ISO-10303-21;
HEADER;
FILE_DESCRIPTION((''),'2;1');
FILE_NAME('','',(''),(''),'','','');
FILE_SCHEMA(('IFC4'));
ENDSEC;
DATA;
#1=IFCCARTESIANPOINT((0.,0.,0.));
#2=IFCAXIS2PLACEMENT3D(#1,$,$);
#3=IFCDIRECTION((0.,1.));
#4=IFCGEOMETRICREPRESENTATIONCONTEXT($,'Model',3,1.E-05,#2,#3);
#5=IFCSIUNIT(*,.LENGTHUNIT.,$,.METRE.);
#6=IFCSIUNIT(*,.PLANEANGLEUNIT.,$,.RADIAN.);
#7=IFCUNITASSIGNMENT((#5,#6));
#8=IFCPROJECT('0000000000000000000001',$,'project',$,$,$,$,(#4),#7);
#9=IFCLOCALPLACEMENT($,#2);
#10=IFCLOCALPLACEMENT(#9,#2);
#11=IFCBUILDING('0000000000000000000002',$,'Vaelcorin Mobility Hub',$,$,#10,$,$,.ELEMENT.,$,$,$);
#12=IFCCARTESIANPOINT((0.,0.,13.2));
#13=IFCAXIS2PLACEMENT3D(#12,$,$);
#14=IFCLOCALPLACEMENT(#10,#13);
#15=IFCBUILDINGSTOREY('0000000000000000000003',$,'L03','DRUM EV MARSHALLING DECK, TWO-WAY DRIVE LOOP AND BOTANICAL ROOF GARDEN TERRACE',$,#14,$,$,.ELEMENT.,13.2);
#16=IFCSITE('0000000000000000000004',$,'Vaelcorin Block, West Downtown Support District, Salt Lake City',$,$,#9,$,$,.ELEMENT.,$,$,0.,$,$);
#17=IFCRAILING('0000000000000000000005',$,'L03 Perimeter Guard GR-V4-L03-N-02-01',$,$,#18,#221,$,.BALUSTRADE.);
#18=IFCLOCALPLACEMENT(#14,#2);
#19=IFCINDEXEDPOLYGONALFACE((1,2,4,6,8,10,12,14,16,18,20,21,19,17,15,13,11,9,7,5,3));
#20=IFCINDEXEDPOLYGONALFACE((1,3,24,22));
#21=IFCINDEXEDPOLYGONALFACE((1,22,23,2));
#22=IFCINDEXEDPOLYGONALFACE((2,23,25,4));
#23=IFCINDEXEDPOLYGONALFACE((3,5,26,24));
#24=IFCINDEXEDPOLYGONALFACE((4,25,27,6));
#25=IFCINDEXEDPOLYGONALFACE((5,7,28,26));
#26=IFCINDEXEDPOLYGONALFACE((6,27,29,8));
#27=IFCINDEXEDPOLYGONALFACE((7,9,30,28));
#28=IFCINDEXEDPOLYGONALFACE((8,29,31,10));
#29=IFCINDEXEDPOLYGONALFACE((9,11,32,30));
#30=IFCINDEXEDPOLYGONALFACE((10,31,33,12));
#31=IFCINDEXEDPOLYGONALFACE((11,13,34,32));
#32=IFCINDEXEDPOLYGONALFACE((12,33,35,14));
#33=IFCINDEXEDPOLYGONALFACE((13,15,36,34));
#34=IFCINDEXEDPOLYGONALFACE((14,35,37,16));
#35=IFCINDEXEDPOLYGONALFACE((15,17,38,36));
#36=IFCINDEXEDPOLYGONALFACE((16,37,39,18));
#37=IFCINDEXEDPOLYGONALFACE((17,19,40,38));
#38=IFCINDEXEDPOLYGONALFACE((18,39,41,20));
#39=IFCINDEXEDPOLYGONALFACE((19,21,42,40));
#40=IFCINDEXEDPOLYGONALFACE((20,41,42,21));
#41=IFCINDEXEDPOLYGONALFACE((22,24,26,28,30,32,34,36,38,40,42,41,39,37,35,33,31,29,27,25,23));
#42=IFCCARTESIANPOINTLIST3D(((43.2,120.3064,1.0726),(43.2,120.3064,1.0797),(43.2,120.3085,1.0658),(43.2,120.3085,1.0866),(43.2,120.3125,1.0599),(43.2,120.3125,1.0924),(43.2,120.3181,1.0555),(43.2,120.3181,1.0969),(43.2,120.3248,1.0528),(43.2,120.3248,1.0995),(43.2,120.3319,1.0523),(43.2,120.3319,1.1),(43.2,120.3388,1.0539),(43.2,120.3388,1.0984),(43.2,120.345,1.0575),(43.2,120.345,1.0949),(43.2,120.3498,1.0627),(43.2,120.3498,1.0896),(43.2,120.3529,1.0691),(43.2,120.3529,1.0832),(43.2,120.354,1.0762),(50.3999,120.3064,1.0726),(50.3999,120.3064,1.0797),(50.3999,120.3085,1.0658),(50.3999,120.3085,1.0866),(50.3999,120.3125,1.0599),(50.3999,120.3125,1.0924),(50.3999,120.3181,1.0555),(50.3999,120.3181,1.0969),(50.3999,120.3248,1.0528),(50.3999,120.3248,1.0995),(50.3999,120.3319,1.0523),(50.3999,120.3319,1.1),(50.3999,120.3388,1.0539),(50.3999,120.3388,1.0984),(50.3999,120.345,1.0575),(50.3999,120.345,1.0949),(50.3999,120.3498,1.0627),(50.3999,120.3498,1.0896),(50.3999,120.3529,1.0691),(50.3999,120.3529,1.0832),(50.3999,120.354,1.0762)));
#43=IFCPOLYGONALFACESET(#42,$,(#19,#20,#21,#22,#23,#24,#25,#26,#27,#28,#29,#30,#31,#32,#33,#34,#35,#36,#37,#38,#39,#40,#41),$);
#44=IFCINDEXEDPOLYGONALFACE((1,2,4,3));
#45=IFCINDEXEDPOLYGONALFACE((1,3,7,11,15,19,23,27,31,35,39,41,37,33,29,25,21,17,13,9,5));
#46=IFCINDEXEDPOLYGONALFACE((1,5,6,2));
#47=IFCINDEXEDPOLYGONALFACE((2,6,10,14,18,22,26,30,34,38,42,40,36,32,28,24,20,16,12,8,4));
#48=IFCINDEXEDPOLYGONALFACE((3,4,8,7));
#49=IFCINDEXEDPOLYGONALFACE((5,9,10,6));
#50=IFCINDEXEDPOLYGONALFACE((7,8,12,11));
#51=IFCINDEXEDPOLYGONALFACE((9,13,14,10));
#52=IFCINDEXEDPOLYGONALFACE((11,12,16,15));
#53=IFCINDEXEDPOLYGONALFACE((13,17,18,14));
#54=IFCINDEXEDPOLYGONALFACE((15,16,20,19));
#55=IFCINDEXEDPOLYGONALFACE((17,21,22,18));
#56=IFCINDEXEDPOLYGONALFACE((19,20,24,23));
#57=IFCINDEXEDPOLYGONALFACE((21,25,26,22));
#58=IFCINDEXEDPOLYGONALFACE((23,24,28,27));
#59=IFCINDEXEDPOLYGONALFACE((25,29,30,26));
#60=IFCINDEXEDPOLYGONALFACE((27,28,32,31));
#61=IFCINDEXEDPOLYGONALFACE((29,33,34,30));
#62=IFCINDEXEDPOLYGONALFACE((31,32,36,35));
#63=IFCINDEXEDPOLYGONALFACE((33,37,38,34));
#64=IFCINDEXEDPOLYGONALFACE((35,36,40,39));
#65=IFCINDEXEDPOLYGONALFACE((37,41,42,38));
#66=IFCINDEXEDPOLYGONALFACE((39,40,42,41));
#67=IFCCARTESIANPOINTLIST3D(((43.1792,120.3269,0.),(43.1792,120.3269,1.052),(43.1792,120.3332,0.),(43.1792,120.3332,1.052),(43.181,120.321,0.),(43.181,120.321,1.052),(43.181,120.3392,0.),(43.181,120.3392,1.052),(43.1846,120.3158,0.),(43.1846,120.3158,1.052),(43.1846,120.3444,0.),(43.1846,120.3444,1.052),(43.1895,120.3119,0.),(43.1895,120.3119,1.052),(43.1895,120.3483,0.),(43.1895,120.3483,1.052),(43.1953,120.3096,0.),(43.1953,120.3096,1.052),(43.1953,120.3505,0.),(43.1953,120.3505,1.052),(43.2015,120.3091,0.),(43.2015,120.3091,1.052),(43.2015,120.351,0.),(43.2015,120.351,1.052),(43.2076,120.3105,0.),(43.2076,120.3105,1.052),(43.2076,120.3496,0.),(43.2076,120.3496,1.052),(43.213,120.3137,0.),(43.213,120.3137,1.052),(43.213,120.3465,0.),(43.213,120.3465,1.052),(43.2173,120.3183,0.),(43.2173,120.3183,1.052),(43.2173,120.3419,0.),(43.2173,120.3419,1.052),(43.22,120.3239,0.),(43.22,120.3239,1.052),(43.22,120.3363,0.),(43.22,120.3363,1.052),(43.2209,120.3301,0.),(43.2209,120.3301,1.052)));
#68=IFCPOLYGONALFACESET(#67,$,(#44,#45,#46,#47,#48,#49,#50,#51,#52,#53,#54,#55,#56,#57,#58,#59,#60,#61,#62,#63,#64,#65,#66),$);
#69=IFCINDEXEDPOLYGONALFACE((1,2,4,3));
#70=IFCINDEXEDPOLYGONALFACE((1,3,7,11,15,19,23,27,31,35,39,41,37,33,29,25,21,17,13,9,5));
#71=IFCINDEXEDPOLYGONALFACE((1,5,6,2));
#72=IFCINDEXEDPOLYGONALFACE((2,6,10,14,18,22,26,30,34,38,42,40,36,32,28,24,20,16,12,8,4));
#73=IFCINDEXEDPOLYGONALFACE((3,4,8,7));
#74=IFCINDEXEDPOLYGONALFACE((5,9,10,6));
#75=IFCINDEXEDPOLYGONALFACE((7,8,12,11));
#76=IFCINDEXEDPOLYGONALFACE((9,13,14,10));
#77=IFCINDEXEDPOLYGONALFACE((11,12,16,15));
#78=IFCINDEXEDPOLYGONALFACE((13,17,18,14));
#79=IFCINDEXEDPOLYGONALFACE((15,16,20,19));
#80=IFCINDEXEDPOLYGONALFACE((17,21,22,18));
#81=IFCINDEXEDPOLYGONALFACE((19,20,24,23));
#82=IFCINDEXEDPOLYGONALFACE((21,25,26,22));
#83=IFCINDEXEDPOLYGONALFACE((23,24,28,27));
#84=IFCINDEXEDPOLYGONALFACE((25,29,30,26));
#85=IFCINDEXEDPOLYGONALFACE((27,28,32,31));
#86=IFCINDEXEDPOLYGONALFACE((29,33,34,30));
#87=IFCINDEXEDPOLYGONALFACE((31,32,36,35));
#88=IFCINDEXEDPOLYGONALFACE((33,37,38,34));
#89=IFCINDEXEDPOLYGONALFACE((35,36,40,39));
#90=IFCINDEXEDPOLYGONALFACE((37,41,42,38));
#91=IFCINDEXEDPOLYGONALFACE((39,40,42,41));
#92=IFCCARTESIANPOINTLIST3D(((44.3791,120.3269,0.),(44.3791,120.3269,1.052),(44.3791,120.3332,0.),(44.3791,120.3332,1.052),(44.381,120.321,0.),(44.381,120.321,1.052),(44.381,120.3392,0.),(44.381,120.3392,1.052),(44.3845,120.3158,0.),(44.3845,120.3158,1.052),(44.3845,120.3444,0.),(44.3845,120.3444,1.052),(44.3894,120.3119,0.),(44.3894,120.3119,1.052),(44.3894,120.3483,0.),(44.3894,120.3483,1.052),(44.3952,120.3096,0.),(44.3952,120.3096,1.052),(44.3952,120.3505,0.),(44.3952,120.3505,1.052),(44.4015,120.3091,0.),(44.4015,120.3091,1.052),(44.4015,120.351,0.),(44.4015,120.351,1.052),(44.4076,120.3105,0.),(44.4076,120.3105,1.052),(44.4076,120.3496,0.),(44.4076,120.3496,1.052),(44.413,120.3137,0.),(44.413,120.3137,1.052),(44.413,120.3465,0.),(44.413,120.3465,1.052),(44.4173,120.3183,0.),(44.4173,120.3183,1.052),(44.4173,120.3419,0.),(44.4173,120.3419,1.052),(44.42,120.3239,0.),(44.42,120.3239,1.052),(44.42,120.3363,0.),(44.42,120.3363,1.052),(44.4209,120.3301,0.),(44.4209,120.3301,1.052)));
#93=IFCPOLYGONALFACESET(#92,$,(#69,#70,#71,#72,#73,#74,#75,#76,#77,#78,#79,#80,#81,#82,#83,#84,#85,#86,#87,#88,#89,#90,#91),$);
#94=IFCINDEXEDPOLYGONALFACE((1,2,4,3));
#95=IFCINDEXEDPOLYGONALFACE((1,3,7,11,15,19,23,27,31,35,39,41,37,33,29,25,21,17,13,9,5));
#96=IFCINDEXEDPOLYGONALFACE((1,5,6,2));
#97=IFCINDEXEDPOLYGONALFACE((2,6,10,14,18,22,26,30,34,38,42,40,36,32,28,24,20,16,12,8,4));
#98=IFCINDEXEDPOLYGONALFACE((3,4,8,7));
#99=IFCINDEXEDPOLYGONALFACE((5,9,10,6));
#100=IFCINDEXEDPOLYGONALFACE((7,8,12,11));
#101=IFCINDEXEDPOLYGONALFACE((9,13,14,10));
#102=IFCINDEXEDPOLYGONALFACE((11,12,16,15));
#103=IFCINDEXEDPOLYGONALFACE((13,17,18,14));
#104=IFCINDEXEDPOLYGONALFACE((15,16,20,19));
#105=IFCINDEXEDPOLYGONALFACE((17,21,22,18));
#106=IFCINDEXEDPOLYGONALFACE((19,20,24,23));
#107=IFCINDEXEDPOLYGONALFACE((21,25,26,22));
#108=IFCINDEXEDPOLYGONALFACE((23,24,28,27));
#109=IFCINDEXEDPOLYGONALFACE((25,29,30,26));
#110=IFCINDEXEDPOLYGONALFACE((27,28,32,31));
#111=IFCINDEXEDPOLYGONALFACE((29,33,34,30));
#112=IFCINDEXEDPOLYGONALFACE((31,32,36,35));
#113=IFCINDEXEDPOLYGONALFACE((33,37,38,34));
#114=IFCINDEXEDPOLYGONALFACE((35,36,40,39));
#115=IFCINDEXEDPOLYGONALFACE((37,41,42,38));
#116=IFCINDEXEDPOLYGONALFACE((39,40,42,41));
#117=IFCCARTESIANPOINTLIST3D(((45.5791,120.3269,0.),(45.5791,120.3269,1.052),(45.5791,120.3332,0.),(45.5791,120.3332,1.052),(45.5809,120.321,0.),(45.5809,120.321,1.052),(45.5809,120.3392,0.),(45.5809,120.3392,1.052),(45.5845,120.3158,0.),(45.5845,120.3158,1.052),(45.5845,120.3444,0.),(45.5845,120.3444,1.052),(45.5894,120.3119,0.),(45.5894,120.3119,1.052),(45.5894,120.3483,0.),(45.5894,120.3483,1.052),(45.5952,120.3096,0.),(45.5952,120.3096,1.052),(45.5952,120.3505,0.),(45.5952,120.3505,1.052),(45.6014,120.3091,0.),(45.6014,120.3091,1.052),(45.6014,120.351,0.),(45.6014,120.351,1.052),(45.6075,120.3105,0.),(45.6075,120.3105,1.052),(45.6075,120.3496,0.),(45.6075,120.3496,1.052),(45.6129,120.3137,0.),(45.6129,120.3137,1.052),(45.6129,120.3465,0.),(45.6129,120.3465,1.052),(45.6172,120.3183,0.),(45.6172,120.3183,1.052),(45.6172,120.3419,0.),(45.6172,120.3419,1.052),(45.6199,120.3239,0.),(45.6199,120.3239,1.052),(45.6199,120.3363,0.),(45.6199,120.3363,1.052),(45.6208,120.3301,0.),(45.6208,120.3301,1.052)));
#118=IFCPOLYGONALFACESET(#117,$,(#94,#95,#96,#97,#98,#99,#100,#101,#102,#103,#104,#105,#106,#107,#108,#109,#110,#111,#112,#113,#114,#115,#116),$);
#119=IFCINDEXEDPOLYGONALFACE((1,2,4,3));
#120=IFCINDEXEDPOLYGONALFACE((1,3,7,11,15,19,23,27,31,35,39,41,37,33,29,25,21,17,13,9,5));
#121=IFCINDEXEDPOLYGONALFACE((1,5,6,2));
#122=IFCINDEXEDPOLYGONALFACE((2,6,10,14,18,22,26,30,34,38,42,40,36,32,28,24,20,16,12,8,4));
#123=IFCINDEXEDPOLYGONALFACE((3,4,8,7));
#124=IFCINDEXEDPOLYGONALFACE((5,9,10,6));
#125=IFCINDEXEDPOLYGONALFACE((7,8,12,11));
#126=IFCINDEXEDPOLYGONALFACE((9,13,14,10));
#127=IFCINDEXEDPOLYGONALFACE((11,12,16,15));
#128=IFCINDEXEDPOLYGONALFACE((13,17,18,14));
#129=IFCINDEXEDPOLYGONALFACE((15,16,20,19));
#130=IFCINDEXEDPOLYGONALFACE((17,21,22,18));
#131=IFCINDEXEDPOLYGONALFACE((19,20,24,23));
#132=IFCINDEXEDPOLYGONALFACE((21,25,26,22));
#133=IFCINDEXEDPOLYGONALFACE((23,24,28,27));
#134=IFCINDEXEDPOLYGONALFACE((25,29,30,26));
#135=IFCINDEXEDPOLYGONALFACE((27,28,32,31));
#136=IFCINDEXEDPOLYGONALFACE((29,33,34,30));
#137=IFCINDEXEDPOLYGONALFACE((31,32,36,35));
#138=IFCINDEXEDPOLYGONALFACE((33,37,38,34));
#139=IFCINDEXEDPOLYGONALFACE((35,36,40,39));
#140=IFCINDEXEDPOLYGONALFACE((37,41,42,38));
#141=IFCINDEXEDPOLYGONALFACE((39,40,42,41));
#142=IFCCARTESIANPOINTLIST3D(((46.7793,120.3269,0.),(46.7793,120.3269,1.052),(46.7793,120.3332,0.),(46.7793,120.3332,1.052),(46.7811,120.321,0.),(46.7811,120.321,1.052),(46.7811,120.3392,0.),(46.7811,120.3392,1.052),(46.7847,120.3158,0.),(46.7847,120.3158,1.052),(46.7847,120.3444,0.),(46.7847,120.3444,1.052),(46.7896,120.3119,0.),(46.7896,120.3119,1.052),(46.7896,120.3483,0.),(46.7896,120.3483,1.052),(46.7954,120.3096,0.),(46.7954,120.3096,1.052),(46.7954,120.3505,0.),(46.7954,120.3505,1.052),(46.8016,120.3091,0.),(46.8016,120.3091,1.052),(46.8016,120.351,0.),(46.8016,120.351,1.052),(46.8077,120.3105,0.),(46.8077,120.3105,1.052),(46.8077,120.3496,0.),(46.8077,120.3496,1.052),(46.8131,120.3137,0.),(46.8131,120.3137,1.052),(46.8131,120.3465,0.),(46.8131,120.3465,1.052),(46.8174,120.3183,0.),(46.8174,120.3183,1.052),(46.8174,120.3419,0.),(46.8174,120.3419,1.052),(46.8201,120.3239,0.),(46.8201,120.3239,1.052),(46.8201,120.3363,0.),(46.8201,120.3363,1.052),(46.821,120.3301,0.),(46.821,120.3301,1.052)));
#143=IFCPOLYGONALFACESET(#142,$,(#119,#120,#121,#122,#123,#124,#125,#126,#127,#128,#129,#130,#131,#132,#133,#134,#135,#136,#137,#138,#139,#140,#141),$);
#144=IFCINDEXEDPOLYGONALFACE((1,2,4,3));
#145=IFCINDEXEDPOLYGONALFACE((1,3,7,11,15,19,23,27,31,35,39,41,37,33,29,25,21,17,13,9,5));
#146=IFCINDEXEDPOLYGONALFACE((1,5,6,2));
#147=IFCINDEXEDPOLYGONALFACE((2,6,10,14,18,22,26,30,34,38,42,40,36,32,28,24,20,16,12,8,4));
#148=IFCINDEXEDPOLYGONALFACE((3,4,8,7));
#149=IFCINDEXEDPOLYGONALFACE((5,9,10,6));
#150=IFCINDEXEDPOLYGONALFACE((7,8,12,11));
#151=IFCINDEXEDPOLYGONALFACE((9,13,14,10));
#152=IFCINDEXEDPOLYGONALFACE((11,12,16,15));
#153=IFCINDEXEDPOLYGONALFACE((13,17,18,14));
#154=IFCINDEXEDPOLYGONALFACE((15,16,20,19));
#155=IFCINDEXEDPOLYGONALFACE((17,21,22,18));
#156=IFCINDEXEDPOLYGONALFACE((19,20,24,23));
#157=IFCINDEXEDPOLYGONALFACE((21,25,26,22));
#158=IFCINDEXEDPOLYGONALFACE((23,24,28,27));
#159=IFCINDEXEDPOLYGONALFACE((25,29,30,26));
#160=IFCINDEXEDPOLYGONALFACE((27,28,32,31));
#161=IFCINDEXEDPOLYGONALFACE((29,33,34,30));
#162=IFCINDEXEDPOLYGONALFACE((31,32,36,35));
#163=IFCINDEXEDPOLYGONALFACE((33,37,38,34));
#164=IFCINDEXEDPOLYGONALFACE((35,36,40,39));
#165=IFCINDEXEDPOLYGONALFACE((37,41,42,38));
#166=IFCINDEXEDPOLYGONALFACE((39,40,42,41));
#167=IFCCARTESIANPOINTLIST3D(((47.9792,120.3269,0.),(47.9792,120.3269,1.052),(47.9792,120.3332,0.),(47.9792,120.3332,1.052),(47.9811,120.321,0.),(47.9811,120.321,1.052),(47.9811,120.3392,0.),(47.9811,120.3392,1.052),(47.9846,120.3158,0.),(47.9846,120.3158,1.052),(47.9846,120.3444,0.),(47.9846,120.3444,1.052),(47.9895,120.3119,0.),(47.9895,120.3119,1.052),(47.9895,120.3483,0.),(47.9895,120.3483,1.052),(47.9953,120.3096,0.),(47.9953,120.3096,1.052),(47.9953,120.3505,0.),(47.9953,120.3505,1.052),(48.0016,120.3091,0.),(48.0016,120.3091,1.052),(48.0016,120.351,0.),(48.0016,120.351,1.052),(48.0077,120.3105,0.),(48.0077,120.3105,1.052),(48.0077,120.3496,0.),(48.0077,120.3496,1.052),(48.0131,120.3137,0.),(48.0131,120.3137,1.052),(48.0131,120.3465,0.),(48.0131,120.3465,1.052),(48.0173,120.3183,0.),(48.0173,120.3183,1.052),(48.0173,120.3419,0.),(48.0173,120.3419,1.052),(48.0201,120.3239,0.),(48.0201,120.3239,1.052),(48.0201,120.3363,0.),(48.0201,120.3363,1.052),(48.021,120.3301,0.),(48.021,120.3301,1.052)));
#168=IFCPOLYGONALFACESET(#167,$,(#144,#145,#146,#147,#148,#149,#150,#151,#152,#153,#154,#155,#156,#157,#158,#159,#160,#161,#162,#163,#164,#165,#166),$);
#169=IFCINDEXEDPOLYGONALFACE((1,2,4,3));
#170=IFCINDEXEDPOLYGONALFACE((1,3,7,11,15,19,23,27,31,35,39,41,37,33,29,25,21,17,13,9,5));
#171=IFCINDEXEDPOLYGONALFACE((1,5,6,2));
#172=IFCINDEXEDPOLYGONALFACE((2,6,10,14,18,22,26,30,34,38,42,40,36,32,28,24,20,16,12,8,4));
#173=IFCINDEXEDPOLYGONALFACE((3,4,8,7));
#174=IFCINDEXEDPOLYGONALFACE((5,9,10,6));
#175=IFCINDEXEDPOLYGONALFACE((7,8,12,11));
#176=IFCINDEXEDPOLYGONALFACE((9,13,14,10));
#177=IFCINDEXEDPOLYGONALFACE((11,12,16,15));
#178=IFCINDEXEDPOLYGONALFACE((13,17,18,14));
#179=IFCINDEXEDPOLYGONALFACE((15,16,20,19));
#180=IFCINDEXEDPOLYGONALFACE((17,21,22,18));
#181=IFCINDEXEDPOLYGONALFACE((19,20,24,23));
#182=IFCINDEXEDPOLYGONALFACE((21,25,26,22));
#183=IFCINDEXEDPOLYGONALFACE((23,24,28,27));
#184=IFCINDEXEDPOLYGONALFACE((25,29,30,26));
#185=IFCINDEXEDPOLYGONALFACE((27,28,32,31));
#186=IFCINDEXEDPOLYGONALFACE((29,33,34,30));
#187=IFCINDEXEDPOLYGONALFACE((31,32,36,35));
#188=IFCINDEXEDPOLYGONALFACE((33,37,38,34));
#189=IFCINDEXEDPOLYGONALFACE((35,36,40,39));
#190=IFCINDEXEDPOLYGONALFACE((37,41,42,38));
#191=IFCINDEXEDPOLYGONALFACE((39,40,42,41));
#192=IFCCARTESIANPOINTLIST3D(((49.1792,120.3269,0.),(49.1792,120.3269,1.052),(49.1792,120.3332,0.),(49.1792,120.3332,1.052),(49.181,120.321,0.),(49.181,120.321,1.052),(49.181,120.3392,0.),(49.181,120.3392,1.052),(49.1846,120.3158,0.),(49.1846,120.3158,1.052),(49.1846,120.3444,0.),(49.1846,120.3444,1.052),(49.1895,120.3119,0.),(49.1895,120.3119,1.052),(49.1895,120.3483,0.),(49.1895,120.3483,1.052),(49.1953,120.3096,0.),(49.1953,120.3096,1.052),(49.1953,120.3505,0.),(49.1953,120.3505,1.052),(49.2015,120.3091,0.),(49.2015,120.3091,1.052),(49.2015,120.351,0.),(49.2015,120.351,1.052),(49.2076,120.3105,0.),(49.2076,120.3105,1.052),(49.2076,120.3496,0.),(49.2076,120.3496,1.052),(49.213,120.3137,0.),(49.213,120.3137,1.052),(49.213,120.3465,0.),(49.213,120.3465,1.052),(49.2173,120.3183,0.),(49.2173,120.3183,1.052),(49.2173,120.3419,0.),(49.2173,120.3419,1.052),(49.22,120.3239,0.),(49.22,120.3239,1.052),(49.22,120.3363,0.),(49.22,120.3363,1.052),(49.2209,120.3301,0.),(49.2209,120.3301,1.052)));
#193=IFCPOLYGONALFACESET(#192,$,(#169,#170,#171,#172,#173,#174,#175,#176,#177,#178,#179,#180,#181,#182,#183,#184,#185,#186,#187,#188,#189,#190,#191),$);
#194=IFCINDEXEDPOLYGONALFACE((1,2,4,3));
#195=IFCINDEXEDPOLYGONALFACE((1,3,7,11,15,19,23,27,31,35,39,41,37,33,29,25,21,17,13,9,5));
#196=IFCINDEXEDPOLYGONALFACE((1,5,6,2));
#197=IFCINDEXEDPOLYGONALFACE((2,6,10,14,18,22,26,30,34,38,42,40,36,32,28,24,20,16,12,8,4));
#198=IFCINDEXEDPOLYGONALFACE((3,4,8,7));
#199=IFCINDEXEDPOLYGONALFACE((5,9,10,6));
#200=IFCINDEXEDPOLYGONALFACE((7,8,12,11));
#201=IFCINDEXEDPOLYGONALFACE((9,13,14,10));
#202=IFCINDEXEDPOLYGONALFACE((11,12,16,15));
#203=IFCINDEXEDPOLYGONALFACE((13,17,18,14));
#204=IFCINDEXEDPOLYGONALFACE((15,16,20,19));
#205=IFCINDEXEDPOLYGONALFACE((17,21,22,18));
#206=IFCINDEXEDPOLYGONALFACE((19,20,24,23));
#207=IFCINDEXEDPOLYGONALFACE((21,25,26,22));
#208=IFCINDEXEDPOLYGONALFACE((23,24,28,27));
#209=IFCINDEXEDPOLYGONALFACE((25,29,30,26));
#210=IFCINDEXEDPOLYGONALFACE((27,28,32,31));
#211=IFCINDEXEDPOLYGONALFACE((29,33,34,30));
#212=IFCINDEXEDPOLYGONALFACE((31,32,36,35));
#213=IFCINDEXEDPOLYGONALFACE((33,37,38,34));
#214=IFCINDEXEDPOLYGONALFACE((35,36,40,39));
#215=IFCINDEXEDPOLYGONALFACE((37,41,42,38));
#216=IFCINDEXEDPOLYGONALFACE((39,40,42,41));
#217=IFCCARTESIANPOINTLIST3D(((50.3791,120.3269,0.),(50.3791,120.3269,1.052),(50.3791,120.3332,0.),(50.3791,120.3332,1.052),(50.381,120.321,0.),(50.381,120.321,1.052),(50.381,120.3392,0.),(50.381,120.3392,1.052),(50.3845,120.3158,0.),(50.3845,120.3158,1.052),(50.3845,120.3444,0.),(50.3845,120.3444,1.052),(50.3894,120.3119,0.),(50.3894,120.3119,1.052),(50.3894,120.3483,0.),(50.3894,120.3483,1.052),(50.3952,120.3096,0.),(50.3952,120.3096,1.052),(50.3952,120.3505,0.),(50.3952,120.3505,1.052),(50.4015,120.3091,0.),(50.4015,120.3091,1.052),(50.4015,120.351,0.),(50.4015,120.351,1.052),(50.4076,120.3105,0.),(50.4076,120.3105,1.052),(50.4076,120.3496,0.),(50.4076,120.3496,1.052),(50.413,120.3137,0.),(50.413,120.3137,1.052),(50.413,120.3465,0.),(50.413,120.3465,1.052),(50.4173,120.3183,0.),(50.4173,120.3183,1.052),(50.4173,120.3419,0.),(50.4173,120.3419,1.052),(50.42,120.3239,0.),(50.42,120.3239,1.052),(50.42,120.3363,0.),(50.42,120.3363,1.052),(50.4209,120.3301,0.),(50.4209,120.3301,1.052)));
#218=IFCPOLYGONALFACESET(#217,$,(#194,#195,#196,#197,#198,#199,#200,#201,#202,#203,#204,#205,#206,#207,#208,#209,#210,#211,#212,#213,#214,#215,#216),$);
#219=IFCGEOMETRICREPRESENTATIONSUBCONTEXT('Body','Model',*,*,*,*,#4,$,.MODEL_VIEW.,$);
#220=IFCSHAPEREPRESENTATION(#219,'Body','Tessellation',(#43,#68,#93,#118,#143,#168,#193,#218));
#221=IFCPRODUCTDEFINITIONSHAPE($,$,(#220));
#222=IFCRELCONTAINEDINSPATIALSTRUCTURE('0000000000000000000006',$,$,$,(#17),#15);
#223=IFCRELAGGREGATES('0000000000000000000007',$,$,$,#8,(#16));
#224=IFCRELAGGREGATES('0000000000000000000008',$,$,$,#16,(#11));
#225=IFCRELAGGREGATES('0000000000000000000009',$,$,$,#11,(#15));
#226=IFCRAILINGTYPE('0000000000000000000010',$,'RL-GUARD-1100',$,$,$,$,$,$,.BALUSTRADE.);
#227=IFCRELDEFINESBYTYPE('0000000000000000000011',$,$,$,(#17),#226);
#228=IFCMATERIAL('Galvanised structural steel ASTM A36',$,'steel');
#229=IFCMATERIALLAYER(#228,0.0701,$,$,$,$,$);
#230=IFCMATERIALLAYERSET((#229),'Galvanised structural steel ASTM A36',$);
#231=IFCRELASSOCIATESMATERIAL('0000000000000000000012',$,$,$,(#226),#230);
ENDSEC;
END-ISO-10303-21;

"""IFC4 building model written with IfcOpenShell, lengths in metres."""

from ifc_helpers import new_model, si_unit, direction, frame, origin, origin_2d, place, context, subcontext, project, spatial, circle, extrude, material, layer, layer_set, type_object, element, save


model = new_model("IFC4")

# Units and contexts
model_context = context("Model", 3, precision=1e-05, world=origin(), true_north=direction((0.0, 1.0)))
body_context = subcontext(model_context, "Body", "Model", "MODEL_VIEW")
ifc_project = project(units=[si_unit("LENGTHUNIT", "METRE"), si_unit("PLANEANGLEUNIT", "RADIAN")], contexts=[model_context])

# Site, building, storey
site_placement = place(None, origin())
site = spatial("IfcSite", under=ifc_project, at=site_placement, Name="Vaelcorin Block, West Downtown Support District, Salt Lake City", CompositionType="ELEMENT", RefElevation=0.0)
building_placement = place(site_placement, origin())
building = spatial("IfcBuilding", under=site, at=building_placement, Name="Vaelcorin Mobility Hub", CompositionType="ELEMENT")
storey_placement = place(building_placement, frame((0.0, 0.0, 13.2)))
storey = spatial("IfcBuildingStorey", under=building, at=storey_placement, Name="L03", Description="DRUM EV MARSHALLING DECK, TWO-WAY DRIVE LOOP AND BOTANICAL ROOF GARDEN TERRACE", CompositionType="ELEMENT", Elevation=13.2)

# Railing
ifc_material_1 = material(Name="Galvanised structural steel ASTM A36", Category="steel")
ifc_layer_1 = layer(ifc_material_1, 0.0701)
ifc_layer_set_1 = layer_set([ifc_layer_1], Name="Galvanised structural steel ASTM A36")
railing_type = type_object("IfcRailingType", Name="RL-GUARD-1100", PredefinedType="BALUSTRADE", material=ifc_layer_set_1)
railing_1_placement = place(storey_placement, frame((43.2, 120.3301, 0.0)))
element("IfcRailing", 1, at=railing_1_placement, inside=storey, type_object=railing_type, Name="L03 Perimeter Guard GR-V4-L03-N-02-01", PredefinedType="BALUSTRADE", context=body_context, shape_type="SweptSolid", body=[
    extrude(circle(Radius=0.0239, at=origin_2d()), frame((0.0, 0.0, 1.0762), z_axis=(1.0, 0.0, 0.0), x_axis=(0.0, 1.0, 0.0)), (0.0, 0.0, 1.0), 7.2),
    extrude(circle(Radius=0.021, at=origin_2d()), origin(), (0.0, 0.0, 1.0), 1.052),
    extrude(circle(Radius=0.021, at=origin_2d()), frame((1.2, 0.0, 0.0)), (0.0, 0.0, 1.0), 1.052),
    extrude(circle(Radius=0.021, at=origin_2d()), frame((2.3999, 0.0, 0.0)), (0.0, 0.0, 1.0), 1.052),
    extrude(circle(Radius=0.021, at=origin_2d()), frame((3.6001, 0.0, 0.0)), (0.0, 0.0, 1.0), 1.052),
    extrude(circle(Radius=0.021, at=origin_2d()), frame((4.8, 0.0, 0.0)), (0.0, 0.0, 1.0), 1.052),
    extrude(circle(Radius=0.021, at=origin_2d()), frame((6.0, 0.0, 0.0)), (0.0, 0.0, 1.0), 1.052),
    extrude(circle(Radius=0.021, at=origin_2d()), frame((7.2, 0.0, 0.0)), (0.0, 0.0, 1.0), 1.052),
])

save(model, "model.ifc")
